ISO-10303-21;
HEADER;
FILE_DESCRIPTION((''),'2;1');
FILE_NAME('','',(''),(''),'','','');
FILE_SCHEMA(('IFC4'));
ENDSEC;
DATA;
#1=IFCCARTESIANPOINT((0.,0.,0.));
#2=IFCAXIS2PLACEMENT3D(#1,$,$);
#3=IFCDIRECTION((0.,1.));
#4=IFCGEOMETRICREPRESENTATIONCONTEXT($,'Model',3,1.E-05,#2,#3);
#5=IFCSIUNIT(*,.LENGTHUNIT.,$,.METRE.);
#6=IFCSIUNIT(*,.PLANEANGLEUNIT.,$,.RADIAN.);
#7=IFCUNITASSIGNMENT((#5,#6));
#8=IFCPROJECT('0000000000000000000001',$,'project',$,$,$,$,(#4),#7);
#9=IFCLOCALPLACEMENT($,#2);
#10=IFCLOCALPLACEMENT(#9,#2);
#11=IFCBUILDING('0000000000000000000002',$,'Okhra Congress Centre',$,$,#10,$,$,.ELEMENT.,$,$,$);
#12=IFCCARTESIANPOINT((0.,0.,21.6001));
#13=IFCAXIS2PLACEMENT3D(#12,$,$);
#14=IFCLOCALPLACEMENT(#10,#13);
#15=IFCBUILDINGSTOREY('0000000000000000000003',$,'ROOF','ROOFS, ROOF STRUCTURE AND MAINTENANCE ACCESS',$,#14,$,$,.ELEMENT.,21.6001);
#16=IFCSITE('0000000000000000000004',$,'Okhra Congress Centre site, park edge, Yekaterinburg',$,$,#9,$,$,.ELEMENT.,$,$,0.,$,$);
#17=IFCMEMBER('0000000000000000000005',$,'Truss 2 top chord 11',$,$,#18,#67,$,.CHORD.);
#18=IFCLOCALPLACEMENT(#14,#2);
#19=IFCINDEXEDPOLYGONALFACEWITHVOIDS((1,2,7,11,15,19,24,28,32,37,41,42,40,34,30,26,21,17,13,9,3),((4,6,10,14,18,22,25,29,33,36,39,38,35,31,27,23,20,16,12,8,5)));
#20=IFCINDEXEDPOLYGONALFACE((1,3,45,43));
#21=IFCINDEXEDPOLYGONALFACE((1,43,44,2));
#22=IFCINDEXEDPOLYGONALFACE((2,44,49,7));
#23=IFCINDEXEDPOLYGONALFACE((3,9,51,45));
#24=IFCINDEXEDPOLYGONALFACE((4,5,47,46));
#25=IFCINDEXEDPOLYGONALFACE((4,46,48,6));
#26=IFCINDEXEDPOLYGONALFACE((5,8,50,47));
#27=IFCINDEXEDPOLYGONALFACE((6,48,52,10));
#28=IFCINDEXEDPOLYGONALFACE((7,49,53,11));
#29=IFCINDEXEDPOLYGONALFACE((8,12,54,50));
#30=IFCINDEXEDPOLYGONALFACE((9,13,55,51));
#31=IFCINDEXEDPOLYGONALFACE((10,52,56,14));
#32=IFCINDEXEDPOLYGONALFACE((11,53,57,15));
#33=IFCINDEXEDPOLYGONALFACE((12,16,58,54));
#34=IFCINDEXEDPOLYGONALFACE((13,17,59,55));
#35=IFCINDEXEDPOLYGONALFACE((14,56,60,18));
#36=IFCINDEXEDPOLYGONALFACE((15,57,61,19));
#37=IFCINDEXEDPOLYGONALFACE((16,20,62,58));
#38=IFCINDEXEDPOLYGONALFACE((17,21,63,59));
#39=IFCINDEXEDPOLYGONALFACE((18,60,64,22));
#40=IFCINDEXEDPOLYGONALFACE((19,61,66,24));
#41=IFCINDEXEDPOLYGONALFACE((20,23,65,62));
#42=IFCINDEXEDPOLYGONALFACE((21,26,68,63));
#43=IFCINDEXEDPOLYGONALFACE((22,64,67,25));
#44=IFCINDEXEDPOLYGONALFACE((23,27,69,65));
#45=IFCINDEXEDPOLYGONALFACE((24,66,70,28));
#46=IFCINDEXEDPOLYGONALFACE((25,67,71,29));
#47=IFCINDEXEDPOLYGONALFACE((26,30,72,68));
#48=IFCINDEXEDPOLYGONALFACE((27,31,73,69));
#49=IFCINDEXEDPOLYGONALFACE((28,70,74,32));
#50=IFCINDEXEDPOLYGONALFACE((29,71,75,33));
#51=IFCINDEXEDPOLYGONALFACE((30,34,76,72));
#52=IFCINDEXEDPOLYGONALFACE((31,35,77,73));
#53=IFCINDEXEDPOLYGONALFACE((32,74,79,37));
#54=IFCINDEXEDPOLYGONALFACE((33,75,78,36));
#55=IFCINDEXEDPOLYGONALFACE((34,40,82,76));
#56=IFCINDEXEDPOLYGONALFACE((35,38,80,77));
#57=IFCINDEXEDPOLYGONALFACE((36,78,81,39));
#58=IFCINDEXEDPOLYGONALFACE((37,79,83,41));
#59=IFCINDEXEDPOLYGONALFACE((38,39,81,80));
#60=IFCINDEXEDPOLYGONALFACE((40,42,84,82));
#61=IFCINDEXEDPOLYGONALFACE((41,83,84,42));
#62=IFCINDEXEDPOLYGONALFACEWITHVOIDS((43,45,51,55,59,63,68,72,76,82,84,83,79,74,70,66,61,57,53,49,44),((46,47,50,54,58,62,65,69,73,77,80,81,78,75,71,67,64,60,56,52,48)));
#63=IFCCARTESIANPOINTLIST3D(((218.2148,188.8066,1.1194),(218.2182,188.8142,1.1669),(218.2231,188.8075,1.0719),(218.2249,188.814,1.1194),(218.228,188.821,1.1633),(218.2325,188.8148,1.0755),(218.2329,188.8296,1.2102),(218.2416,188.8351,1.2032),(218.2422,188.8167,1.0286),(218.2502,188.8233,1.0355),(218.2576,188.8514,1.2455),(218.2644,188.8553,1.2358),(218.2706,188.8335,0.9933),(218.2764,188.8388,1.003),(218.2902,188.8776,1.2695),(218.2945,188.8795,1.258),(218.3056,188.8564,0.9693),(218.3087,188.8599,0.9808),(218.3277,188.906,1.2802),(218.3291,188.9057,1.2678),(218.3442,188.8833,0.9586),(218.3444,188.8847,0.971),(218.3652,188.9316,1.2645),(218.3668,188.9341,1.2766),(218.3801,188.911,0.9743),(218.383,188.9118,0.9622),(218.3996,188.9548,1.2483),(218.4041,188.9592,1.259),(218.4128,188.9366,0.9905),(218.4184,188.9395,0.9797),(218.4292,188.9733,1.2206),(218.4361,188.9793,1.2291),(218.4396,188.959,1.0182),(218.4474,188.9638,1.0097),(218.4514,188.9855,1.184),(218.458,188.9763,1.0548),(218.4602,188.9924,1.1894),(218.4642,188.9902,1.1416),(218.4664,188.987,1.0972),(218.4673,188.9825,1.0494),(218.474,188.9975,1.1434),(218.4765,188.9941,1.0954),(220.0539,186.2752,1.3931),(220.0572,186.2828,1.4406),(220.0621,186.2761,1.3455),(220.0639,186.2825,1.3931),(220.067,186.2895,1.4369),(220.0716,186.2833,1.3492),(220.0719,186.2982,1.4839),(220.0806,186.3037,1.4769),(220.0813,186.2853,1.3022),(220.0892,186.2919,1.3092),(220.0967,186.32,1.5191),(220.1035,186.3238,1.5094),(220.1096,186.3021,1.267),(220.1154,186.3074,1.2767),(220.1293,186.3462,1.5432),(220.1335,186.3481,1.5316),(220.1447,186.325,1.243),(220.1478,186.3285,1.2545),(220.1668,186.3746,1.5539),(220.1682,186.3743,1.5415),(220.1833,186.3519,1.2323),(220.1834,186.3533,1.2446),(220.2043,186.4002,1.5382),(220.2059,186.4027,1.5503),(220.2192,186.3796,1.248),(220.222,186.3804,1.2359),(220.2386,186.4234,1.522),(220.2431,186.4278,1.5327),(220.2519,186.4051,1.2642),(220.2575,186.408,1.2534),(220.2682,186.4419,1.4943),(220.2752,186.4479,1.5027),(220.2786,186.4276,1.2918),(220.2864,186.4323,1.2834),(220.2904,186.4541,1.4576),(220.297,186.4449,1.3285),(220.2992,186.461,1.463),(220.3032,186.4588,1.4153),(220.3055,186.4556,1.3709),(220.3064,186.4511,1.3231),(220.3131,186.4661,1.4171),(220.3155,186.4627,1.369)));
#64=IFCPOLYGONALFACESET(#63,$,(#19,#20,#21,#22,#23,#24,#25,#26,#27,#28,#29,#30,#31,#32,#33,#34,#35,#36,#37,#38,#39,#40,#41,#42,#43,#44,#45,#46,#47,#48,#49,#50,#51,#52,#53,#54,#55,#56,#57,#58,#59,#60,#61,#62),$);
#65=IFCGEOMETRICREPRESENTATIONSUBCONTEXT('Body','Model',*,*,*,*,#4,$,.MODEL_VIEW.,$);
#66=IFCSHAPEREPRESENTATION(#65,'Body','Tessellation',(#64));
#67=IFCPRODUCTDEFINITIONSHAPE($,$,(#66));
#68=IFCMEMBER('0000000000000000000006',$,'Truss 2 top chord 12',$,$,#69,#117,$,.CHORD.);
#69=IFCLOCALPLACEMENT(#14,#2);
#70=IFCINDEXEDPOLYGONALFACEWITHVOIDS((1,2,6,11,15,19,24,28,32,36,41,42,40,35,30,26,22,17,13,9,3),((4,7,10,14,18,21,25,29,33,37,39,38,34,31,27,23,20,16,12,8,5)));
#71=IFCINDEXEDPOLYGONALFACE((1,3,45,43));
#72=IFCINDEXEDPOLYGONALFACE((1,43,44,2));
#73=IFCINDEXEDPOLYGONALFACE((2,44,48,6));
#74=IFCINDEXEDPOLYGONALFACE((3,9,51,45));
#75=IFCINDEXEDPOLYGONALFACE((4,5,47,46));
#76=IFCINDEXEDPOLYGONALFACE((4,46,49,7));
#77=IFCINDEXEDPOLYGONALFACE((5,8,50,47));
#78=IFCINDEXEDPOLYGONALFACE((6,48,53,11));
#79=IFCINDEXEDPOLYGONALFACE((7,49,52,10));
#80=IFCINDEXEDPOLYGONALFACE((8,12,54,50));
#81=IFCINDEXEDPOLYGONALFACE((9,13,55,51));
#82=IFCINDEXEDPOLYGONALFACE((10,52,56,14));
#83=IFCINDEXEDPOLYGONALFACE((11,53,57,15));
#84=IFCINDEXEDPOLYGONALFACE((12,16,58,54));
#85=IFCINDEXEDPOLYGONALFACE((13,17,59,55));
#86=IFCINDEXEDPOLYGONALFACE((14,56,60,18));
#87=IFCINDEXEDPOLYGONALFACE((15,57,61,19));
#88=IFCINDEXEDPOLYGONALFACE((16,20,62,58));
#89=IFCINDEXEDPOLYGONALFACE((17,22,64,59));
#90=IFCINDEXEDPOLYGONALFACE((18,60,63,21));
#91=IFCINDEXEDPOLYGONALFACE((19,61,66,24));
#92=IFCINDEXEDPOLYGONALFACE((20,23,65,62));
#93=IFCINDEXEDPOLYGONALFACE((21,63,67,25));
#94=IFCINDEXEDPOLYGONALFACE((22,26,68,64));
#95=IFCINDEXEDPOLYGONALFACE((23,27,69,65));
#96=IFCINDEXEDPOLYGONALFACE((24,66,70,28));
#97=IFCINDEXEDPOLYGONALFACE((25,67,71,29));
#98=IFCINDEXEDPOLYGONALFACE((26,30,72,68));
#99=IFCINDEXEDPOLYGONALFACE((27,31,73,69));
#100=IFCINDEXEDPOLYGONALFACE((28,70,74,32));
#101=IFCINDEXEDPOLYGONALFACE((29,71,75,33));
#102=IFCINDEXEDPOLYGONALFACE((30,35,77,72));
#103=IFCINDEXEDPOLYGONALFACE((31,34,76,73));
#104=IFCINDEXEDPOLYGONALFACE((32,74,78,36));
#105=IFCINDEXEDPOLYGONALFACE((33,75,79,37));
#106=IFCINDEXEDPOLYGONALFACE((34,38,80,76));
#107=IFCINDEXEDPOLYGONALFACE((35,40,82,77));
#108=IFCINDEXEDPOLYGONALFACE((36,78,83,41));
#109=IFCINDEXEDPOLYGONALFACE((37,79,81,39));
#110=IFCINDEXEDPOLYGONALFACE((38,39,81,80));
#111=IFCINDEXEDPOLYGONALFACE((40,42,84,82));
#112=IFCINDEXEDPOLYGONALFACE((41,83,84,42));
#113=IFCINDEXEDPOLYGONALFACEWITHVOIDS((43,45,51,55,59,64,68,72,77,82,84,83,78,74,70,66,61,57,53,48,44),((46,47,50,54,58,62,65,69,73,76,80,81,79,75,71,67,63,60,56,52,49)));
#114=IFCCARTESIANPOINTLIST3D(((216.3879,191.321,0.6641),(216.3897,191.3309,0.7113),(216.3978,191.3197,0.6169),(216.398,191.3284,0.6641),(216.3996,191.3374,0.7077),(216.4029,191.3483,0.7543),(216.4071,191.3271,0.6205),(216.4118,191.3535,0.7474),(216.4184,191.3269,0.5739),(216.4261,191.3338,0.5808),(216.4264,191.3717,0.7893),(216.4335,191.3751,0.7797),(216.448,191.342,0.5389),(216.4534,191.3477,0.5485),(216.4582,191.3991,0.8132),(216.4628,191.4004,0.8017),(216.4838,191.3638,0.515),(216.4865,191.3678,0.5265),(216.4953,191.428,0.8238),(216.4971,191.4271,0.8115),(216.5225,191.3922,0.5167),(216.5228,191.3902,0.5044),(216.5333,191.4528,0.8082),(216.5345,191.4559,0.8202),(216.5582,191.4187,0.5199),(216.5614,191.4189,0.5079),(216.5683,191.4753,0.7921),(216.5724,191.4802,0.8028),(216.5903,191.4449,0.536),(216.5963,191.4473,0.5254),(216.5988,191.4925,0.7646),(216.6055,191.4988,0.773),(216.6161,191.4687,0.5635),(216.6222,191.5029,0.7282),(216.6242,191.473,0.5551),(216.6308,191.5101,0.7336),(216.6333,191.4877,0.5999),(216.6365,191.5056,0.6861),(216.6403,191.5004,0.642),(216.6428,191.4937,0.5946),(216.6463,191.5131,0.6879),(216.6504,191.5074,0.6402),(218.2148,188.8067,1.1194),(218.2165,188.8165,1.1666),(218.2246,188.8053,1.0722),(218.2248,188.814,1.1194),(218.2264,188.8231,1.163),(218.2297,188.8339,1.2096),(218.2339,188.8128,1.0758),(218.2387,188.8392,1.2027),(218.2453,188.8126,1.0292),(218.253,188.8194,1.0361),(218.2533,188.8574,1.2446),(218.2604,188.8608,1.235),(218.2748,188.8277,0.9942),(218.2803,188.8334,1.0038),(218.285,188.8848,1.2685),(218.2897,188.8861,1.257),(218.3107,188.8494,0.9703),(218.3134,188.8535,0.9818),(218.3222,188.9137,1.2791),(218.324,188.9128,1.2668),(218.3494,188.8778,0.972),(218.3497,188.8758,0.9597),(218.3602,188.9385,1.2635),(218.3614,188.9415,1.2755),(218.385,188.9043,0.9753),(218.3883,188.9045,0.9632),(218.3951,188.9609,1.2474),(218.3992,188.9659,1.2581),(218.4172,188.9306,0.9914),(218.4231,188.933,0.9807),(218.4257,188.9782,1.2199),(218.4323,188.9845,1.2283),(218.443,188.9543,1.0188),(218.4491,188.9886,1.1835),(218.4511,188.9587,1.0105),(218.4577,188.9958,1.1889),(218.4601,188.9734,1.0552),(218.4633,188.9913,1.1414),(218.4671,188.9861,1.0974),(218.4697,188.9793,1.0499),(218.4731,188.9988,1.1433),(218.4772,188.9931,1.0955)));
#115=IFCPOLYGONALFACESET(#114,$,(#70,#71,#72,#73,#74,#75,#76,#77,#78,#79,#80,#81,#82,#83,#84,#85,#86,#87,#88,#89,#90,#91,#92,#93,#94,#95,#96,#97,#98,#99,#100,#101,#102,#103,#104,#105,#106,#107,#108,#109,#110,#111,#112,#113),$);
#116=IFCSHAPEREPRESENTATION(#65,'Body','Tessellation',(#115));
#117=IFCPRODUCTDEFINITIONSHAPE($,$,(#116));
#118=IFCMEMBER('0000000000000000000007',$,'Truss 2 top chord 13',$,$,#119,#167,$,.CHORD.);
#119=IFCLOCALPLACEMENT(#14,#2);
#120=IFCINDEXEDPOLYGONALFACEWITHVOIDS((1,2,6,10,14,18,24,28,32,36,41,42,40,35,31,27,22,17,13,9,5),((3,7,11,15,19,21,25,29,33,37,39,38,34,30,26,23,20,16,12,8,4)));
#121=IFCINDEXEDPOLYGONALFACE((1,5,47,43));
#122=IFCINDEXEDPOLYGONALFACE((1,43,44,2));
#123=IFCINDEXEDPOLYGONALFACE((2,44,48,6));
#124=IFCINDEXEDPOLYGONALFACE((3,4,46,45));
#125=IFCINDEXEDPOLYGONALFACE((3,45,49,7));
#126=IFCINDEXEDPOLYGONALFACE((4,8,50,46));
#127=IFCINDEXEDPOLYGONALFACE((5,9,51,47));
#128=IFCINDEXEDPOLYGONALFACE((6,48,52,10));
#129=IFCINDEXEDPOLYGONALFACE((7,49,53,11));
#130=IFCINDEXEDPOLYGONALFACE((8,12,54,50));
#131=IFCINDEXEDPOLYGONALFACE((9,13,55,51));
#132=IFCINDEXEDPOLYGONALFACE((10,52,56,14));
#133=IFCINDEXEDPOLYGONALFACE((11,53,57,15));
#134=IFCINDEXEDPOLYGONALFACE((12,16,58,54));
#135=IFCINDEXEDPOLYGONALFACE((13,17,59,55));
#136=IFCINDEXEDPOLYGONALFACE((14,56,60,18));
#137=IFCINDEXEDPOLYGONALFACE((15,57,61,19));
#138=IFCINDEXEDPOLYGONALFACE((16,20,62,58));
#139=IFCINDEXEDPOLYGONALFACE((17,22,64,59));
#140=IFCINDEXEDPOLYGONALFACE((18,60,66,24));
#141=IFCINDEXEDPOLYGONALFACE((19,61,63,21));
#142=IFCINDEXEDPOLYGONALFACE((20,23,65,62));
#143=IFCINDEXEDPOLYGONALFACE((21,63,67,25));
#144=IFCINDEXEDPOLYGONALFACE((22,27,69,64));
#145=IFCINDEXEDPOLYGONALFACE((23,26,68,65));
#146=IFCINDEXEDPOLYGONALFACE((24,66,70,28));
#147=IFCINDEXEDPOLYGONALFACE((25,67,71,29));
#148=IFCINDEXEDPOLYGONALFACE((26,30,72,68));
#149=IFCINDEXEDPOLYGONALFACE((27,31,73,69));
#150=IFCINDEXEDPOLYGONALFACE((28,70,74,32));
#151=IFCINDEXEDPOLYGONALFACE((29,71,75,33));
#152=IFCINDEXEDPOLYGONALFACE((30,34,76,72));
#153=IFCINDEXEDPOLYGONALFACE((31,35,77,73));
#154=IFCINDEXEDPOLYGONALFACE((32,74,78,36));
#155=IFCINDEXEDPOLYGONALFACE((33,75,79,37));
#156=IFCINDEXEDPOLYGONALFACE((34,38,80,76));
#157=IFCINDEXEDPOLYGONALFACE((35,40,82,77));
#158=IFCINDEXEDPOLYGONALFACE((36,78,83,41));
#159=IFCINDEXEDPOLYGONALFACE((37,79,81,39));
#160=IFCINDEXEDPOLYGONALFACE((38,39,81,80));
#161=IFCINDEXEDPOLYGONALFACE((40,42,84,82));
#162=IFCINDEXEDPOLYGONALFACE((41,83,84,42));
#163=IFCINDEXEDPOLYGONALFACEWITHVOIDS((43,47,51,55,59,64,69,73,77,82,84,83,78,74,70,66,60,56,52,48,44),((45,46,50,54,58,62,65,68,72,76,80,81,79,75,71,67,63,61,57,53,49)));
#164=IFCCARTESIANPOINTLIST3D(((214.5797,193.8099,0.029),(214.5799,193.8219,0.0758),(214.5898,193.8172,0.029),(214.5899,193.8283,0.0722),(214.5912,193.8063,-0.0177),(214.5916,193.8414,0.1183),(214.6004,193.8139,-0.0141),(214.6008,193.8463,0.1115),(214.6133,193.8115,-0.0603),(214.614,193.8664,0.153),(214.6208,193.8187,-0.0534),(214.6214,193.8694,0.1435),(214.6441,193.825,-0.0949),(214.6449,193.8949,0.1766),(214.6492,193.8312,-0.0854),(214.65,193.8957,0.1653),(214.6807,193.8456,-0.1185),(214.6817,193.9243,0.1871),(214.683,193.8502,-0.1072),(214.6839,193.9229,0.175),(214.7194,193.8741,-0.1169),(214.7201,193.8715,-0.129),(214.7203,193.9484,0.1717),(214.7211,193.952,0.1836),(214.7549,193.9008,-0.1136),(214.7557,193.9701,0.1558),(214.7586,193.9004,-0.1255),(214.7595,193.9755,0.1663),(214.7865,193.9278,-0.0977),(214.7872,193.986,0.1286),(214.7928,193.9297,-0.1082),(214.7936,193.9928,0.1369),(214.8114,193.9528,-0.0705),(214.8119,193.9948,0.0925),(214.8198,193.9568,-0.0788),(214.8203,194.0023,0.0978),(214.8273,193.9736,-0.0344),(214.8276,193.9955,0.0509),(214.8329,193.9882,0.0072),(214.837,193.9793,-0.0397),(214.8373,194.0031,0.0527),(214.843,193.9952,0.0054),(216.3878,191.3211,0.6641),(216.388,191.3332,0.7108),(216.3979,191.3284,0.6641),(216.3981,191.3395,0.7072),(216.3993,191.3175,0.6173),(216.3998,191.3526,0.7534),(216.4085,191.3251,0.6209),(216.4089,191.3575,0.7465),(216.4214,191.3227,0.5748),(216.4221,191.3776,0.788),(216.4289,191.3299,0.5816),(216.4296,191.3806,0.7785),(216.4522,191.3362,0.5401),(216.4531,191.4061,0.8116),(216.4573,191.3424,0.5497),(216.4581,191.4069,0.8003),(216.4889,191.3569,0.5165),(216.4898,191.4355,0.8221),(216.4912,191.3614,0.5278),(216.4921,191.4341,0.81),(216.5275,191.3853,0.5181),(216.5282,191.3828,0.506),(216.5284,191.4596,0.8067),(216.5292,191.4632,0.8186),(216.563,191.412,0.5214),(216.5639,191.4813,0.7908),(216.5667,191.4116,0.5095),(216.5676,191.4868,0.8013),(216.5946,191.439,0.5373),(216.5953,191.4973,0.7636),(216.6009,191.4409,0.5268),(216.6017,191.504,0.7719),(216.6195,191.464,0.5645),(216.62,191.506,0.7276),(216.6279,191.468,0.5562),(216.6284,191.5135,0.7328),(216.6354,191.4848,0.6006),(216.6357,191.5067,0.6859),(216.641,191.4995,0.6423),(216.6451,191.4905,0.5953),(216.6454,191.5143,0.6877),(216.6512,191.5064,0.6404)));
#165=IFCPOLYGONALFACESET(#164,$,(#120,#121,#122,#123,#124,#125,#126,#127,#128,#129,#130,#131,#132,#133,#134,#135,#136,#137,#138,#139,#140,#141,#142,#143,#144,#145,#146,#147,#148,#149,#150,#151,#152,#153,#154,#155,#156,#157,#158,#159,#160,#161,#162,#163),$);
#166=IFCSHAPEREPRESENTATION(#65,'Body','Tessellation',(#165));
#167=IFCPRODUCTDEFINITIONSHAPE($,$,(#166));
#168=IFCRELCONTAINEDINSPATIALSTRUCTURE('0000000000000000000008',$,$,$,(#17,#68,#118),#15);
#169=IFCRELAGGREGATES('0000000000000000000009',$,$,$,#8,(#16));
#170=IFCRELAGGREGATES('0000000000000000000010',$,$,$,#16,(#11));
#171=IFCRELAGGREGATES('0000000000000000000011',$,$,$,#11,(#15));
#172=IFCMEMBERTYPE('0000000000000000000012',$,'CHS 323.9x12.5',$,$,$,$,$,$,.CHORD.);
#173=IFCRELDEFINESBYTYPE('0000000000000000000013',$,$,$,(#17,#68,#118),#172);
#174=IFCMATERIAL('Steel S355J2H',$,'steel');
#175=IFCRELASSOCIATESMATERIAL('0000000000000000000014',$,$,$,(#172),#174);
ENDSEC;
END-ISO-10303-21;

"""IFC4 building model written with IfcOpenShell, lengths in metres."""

from ifc_helpers import new_model, si_unit, direction, frame, origin, origin_2d, place, context, subcontext, project, spatial, hollow_circle, extrude, material, material_profile, profile_set, type_object, element, save


model = new_model("IFC4")

# Units and contexts
model_context = context("Model", 3, precision=1e-05, world=origin(), true_north=direction((0.0, 1.0)))
body_context = subcontext(model_context, "Body", "Model", "MODEL_VIEW")
ifc_project = project(units=[si_unit("LENGTHUNIT", "METRE"), si_unit("PLANEANGLEUNIT", "RADIAN")], contexts=[model_context])

# Site, building, storey
site_placement = place(None, origin())
site = spatial("IfcSite", under=ifc_project, at=site_placement, Name="Okhra Congress Centre site, park edge, Yekaterinburg", CompositionType="ELEMENT", RefElevation=0.0)
building_placement = place(site_placement, origin())
building = spatial("IfcBuilding", under=site, at=building_placement, Name="Okhra Congress Centre", CompositionType="ELEMENT")
storey_placement = place(building_placement, frame((0.0, 0.0, 21.6001)))
storey = spatial("IfcBuildingStorey", under=building, at=storey_placement, Name="ROOF", Description="ROOFS, ROOF STRUCTURE AND MAINTENANCE ACCESS", CompositionType="ELEMENT", Elevation=21.6001)

# Members
ifc_material_1 = material(Name="Steel S355J2H", Category="steel")
ifc_material_profile_1 = material_profile(ifc_material_1, hollow_circle(Radius=0.1619, WallThickness=0.0125, at=origin_2d()), Name="CHS 323.9x12.5")
ifc_profile_set_1 = profile_set([ifc_material_profile_1], Name="Steel S355J2H")
member_type_1 = type_object("IfcMemberType", Name="CHS 323.9x12.5", PredefinedType="CHORD", material=ifc_profile_set_1)
member_1_placement = place(storey_placement, frame((220.1848, 186.3704, 1.3931), z_axis=(-0.585523, 0.805959, -0.087133), x_axis=(-0.809036, -0.587759, 0.0)))
element("IfcMember", 1, at=member_1_placement, inside=storey, type_object=member_type_1, Name="Truss 2 top chord 11", PredefinedType="CHORD", context=body_context, shape_type="SweptSolid", body=[
    extrude(hollow_circle(Radius=0.1619, WallThickness=0.0125, at=origin_2d()), origin(), (0.0, 0.0, 1.0), 3.1409),
])
for number, where, z_axis, x_axis, name in (
    (2, (218.3457, 188.9019, 1.1194), (-0.581595, 0.80046, -0.144952), (-0.809004, -0.587803, 0.0), "Truss 2 top chord 12"),
    (3, (216.5188, 191.4163, 0.6641), (-0.57563, 0.792326, -0.202162), (-0.809031, -0.587766, 0.0), "Truss 2 top chord 13"),
):
    element("IfcMember", number, at=place(storey_placement, frame(where, z_axis=z_axis, x_axis=x_axis)), inside=storey, type_object=member_type_1, Name=name, PredefinedType="CHORD", context=body_context, shape_type="SweptSolid", body=[
        extrude(hollow_circle(Radius=0.1619, WallThickness=0.0125, at=origin_2d()), origin(), (0.0, 0.0, 1.0), 3.1411),
    ])

save(model, "model.ifc")
